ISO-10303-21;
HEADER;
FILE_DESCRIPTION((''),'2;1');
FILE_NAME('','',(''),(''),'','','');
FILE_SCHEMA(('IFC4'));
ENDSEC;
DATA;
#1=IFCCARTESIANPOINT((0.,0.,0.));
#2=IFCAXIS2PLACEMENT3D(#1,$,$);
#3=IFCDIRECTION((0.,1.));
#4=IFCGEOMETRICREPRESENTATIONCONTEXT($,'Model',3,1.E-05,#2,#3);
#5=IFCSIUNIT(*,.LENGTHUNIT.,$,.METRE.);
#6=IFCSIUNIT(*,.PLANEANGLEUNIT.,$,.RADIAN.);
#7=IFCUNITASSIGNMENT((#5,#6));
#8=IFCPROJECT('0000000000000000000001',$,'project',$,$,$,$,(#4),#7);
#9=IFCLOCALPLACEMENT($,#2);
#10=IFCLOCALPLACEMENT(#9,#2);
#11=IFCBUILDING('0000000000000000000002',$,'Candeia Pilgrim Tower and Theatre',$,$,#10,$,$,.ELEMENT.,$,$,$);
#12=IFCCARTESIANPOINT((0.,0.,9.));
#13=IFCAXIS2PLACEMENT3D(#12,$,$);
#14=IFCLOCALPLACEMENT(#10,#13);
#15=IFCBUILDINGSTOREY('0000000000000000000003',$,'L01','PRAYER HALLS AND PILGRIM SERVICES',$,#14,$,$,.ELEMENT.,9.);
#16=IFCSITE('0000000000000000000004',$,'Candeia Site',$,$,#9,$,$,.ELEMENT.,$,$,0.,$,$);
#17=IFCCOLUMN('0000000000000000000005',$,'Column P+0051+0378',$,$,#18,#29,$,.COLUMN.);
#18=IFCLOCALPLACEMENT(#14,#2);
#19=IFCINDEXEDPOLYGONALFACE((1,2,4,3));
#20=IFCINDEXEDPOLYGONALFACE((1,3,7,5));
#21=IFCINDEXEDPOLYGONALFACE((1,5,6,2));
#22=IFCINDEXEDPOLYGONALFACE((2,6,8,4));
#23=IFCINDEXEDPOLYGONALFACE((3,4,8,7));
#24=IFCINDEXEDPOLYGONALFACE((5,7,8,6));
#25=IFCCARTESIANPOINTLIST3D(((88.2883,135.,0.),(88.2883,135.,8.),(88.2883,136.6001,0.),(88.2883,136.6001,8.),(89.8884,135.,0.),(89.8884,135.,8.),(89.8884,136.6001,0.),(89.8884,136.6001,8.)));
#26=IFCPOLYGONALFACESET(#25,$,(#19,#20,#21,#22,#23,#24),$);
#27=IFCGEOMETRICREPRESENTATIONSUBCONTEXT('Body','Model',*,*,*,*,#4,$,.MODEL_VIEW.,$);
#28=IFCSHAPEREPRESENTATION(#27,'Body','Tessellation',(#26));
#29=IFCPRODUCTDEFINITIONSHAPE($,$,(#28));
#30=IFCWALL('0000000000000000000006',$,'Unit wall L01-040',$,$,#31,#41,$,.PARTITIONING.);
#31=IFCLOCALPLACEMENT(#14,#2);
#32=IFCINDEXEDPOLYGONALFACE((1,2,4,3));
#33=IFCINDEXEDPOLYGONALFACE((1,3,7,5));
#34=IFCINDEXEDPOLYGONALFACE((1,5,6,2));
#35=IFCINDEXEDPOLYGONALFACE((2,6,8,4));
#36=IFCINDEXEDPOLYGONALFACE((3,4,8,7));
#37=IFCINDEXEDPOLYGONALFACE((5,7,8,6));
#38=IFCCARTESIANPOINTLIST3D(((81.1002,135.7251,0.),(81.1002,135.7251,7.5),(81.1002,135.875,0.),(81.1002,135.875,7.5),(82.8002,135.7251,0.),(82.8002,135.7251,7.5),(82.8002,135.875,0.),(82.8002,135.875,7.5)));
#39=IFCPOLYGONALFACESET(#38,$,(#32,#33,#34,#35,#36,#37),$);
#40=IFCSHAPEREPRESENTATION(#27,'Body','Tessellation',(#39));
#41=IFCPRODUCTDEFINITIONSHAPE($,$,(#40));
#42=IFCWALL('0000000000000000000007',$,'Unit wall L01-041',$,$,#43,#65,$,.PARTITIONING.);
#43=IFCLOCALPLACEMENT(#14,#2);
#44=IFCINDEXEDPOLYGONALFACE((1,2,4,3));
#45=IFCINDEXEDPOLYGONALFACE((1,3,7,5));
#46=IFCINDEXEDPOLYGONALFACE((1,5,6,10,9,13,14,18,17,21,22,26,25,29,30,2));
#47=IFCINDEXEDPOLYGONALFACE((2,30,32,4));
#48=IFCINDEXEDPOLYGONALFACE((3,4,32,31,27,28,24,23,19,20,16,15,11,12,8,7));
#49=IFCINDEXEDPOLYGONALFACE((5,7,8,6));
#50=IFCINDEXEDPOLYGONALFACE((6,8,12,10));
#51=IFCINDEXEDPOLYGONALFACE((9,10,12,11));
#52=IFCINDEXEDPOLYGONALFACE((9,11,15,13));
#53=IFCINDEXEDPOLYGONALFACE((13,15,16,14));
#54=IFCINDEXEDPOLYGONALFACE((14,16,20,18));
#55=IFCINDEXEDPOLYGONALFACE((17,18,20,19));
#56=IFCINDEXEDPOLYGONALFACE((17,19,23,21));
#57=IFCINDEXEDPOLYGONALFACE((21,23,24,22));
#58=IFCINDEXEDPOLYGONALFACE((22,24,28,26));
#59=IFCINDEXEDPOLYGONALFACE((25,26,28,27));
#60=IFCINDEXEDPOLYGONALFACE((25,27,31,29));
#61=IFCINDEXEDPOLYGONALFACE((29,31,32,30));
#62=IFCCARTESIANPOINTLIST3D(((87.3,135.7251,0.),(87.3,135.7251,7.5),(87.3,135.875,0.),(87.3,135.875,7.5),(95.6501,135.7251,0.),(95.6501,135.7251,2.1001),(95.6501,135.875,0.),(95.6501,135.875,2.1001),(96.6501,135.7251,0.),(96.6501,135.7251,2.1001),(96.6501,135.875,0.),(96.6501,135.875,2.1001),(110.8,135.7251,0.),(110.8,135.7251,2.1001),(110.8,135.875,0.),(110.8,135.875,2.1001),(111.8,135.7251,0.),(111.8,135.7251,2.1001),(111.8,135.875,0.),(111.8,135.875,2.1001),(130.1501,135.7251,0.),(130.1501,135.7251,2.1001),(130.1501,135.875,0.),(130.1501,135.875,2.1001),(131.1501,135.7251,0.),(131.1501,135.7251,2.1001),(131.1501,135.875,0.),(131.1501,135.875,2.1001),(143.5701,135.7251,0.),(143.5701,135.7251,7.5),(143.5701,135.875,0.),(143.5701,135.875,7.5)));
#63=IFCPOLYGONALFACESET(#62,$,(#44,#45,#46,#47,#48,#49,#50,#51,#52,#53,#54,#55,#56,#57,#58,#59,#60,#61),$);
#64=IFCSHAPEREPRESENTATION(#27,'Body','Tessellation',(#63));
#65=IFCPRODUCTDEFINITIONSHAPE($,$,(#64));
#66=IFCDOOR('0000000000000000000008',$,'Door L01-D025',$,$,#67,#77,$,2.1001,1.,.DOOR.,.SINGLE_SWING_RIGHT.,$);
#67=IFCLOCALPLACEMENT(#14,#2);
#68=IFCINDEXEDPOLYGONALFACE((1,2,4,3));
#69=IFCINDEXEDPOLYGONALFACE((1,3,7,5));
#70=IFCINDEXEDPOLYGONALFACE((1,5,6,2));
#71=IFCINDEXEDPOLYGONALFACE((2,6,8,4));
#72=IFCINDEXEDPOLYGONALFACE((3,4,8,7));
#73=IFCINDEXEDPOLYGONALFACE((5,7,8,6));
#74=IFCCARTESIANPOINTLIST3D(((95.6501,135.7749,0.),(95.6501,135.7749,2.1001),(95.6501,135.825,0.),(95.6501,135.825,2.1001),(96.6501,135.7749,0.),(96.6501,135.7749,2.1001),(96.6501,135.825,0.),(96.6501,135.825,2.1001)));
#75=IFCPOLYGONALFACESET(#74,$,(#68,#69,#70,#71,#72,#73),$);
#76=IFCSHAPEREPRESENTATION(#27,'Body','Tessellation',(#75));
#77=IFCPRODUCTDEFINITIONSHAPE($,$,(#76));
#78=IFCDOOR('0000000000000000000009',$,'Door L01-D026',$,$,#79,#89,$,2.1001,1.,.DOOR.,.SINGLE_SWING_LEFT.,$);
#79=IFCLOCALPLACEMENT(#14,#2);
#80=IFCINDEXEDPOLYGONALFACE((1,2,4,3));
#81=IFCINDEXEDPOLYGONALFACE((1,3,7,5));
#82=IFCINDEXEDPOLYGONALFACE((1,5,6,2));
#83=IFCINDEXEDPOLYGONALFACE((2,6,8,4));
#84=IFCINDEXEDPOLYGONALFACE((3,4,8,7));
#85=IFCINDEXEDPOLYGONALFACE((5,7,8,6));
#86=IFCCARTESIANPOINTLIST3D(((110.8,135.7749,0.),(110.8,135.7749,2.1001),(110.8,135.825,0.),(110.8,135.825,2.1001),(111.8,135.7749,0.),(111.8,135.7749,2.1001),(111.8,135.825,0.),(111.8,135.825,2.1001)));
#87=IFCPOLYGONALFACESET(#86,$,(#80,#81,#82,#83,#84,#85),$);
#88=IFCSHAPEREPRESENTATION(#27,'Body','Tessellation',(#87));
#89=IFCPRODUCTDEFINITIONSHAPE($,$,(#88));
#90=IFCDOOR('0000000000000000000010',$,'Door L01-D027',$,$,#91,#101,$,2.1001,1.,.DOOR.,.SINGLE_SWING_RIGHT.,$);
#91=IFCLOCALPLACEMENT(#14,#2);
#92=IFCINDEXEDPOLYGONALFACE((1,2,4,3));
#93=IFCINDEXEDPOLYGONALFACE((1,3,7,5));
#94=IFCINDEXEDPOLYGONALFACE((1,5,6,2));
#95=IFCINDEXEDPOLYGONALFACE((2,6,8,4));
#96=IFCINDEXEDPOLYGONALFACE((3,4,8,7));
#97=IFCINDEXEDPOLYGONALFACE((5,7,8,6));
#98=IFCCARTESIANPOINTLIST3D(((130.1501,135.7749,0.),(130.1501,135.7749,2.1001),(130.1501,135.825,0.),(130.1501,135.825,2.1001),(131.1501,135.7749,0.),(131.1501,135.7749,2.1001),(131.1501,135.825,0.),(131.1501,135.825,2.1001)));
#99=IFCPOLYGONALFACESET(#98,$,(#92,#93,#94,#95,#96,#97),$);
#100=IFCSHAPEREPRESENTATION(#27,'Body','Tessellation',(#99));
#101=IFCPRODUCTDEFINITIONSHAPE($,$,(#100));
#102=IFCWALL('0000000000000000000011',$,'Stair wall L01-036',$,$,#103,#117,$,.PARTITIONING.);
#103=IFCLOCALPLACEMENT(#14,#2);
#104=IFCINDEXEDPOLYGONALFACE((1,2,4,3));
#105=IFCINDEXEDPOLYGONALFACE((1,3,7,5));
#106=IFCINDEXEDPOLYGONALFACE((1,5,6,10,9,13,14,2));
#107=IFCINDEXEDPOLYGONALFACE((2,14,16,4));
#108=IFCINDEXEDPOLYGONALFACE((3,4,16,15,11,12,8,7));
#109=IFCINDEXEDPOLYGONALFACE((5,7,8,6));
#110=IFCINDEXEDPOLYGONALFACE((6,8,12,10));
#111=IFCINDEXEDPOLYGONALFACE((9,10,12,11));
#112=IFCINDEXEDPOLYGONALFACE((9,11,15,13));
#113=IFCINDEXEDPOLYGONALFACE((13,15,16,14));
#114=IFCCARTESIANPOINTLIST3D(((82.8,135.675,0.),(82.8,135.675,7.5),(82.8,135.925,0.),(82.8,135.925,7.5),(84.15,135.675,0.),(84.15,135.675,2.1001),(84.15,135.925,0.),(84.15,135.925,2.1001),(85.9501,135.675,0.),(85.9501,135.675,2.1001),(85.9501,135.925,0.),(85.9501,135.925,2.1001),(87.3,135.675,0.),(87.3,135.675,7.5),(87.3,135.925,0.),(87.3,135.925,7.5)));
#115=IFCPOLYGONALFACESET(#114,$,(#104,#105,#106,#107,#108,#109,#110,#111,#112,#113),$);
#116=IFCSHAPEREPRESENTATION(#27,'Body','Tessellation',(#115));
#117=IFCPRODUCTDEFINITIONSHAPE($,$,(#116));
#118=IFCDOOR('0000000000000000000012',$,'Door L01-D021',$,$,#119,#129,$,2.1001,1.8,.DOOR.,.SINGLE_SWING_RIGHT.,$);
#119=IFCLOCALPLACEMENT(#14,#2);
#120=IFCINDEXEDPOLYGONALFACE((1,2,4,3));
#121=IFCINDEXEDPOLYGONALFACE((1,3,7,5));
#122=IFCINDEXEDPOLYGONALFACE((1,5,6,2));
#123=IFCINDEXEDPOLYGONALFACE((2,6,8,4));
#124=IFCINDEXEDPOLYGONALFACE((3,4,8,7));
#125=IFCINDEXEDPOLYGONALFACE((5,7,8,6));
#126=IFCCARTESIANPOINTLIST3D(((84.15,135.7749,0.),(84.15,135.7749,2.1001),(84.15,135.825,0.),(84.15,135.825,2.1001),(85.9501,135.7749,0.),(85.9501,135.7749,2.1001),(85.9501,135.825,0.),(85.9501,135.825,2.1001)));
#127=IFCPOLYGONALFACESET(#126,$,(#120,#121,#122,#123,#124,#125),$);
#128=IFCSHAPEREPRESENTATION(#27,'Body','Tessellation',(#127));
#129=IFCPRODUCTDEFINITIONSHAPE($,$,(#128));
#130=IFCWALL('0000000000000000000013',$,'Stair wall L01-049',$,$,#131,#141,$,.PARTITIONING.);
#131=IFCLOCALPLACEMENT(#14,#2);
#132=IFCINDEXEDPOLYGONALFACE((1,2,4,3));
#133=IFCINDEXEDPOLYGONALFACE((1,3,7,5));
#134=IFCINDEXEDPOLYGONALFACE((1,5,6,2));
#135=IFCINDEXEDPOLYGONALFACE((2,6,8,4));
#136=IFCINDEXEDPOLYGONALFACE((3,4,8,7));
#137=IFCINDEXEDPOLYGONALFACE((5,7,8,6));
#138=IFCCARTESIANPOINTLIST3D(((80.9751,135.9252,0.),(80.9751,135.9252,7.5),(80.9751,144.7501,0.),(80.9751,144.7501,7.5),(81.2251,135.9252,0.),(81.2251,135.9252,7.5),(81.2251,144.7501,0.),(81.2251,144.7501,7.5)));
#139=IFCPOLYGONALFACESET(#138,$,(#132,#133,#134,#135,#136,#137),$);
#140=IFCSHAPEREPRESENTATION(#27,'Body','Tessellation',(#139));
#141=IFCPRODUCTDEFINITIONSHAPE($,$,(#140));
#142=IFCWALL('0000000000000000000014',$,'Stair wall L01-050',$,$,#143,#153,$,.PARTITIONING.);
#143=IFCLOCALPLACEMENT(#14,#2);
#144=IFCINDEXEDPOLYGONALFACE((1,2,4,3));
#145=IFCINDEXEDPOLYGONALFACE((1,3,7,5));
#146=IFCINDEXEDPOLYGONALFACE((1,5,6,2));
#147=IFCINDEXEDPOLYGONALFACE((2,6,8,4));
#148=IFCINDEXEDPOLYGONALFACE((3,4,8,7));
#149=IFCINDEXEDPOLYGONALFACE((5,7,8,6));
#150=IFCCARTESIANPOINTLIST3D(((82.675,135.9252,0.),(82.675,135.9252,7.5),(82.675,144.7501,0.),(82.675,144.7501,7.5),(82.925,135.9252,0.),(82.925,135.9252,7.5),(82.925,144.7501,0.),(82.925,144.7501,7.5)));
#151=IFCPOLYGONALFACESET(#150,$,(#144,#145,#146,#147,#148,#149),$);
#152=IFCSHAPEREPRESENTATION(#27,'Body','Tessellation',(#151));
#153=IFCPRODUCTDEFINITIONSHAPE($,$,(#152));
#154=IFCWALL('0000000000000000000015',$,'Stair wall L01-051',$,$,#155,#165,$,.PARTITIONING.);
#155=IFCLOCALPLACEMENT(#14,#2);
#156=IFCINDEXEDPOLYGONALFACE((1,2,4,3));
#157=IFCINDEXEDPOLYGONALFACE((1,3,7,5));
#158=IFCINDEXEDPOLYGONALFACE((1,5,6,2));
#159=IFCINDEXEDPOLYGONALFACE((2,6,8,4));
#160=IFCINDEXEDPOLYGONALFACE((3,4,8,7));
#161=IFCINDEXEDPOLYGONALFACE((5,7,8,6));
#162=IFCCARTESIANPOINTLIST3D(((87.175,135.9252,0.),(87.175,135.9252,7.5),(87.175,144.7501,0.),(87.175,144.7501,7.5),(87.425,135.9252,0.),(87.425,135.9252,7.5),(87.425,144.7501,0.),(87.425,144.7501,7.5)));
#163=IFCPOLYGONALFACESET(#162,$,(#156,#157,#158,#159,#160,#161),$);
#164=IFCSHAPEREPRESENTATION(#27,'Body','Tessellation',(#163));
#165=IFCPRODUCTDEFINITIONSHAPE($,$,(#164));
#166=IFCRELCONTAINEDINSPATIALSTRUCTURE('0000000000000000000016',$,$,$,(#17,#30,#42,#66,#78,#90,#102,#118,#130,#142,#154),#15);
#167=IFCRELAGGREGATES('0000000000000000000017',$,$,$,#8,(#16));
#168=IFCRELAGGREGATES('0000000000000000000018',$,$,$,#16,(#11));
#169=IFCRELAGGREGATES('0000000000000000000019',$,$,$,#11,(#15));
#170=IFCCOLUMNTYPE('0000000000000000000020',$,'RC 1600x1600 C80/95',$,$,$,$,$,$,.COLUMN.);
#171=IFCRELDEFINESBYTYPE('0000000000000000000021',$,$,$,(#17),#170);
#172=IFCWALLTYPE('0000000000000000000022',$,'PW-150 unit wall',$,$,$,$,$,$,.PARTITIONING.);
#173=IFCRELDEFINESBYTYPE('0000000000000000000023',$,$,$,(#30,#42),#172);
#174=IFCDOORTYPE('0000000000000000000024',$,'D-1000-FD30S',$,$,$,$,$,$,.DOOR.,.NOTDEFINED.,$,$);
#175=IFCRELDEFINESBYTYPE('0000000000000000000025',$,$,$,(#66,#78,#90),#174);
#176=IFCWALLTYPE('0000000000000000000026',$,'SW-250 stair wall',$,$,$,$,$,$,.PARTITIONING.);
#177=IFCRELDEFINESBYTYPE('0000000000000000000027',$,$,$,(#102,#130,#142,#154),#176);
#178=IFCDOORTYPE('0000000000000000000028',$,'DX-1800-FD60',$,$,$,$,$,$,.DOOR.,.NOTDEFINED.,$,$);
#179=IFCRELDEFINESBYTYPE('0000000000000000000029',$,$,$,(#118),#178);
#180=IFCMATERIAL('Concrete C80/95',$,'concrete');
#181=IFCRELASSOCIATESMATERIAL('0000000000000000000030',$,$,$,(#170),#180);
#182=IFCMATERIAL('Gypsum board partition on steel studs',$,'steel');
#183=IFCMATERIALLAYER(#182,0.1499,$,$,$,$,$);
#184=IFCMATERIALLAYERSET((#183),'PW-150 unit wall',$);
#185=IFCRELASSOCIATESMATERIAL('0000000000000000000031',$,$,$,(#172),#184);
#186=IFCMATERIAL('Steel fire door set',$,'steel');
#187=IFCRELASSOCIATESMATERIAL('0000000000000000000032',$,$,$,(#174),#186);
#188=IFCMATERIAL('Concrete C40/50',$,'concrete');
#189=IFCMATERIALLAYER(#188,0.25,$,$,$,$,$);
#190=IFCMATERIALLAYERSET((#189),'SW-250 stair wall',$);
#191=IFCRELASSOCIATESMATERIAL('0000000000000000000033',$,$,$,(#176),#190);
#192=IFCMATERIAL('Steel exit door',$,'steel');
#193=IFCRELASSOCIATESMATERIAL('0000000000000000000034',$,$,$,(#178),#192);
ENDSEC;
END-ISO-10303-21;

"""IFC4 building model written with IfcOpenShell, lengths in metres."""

from ifc_helpers import new_model, si_unit, direction, frame, frame_2d, origin, origin_2d, place, context, subcontext, project, spatial, rectangle, extrude, material, layer, layer_set, material_profile, profile_set, type_object, element, fill, save


model = new_model("IFC4")

# Units and contexts
model_context = context("Model", 3, precision=1e-05, world=origin(), true_north=direction((0.0, 1.0)))
body_context = subcontext(model_context, "Body", "Model", "MODEL_VIEW")
ifc_project = project(units=[si_unit("LENGTHUNIT", "METRE"), si_unit("PLANEANGLEUNIT", "RADIAN")], contexts=[model_context])

# Site, building, storey
site_placement = place(None, origin())
site = spatial("IfcSite", under=ifc_project, at=site_placement, Name="Candeia Site", CompositionType="ELEMENT", RefElevation=0.0)
building_placement = place(site_placement, origin())
building = spatial("IfcBuilding", under=site, at=building_placement, Name="Candeia Pilgrim Tower and Theatre", CompositionType="ELEMENT")
storey_placement = place(building_placement, frame((0.0, 0.0, 9.0)))
storey = spatial("IfcBuildingStorey", under=building, at=storey_placement, Name="L01", Description="PRAYER HALLS AND PILGRIM SERVICES", CompositionType="ELEMENT", Elevation=9.0)

# Column
ifc_material_1 = material(Name="Concrete C80/95", Category="concrete")
ifc_material_profile = material_profile(ifc_material_1, rectangle(XDim=1.6001, YDim=1.6001, at=origin_2d()))
ifc_profile_set = profile_set([ifc_material_profile], Name="Concrete C80/95")
column_type = type_object("IfcColumnType", Name="RC 1600x1600 C80/95", PredefinedType="COLUMN", material=ifc_profile_set)
column_placement = place(storey_placement, frame((89.0884, 135.8, 0.0), z_axis=(0.0, 0.0, 1.0), x_axis=(1.0, 0.0, 0.0)))
element("IfcColumn", 1, at=column_placement, inside=storey, type_object=column_type, Name="Column P+0051+0378", PredefinedType="COLUMN", context=body_context, shape_type="SweptSolid", body=[
    extrude(rectangle(XDim=1.6001, YDim=1.6001, at=origin_2d()), origin(), (0.0, 0.0, 1.0), 8.0),
])

# Wall
ifc_material_2 = material(Name="Gypsum board partition on steel studs", Category="steel")
ifc_layer_1 = layer(ifc_material_2, 0.1499)
ifc_layer_set_1 = layer_set([ifc_layer_1], Name="PW-150 unit wall")
wall_type_1 = type_object("IfcWallType", Name="PW-150 unit wall", PredefinedType="PARTITIONING", material=ifc_layer_set_1)
wall_1_placement = place(storey_placement, frame((81.1001, 135.8, 0.0), z_axis=(0.0, 0.0, 1.0), x_axis=(1.0, 0.0, 0.0)))
element("IfcWall", 2, at=wall_1_placement, inside=storey, type_object=wall_type_1, Name="Unit wall L01-040", PredefinedType="PARTITIONING", context=body_context, shape_type="SweptSolid", body=[
    extrude(rectangle(XDim=1.7, YDim=0.1499, at=frame_2d((0.8501, 0.0))), origin(), (0.0, 0.0, 1.0), 7.5),
])

# Wall, openings, doors
wall_2_placement = place(storey_placement, frame((87.3, 135.8, 0.0), z_axis=(0.0, 0.0, 1.0), x_axis=(1.0, 0.0, 0.0)))
wall_2 = element("IfcWall", 3, at=wall_2_placement, inside=storey, type_object=wall_type_1, Name="Unit wall L01-041", PredefinedType="PARTITIONING", context=body_context, shape_type="SweptSolid", body=[
    extrude(rectangle(XDim=56.27, YDim=0.1499, at=frame_2d((28.135, 0.0))), origin(), (0.0, 0.0, 1.0), 7.5),
])
opening_1_placement = place(wall_2_placement, frame((8.3501, 0.0, 0.0)))
opening_1 = element("IfcOpeningElement", 4, at=opening_1_placement, cuts=wall_2, PredefinedType="OPENING", context=body_context, shape_type="SweptSolid", body=[
    extrude(rectangle(XDim=1.0, YDim=2.1001, at=frame_2d((0.5, 1.05))), frame((0.0, 0.085, 0.0), z_axis=(0.0, -1.0, 0.0), x_axis=(1.0, 0.0, 0.0)), (0.0, 0.0, 1.0), 0.1699),
])
opening_2_placement = place(wall_2_placement, frame((23.5, 0.0, 0.0)))
opening_2 = element("IfcOpeningElement", 5, at=opening_2_placement, cuts=wall_2, PredefinedType="OPENING", context=body_context, shape_type="SweptSolid", body=[
    extrude(rectangle(XDim=1.0, YDim=2.1001, at=frame_2d((0.5, 1.05))), frame((0.0, 0.085, 0.0), z_axis=(0.0, -1.0, 0.0), x_axis=(1.0, 0.0, 0.0)), (0.0, 0.0, 1.0), 0.1699),
])
opening_3_placement = place(wall_2_placement, frame((42.8501, 0.0, 0.0)))
opening_3 = element("IfcOpeningElement", 6, at=opening_3_placement, cuts=wall_2, PredefinedType="OPENING", context=body_context, shape_type="SweptSolid", body=[
    extrude(rectangle(XDim=1.0, YDim=2.1001, at=frame_2d((0.5, 1.05))), frame((0.0, 0.085, 0.0), z_axis=(0.0, -1.0, 0.0), x_axis=(1.0, 0.0, 0.0)), (0.0, 0.0, 1.0), 0.1699),
])
ifc_material_3 = material(Name="Steel fire door set", Category="steel")
door_type_1 = type_object("IfcDoorType", Name="D-1000-FD30S", OperationType="NOTDEFINED", PredefinedType="DOOR", material=ifc_material_3)
door_1_placement = place(opening_1_placement, origin())
door_1 = element("IfcDoor", 7, at=door_1_placement, inside=storey, type_object=door_type_1, Name="Door L01-D025", OperationType="SINGLE_SWING_RIGHT", OverallHeight=2.1001, OverallWidth=1.0, PredefinedType="DOOR", context=body_context, shape_type="SweptSolid", body=[
    extrude(rectangle(XDim=1.0, YDim=2.1001, at=frame_2d((0.5, 1.05))), frame((0.0, 0.0249, 0.0), z_axis=(0.0, -1.0, 0.0), x_axis=(1.0, 0.0, 0.0)), (0.0, 0.0, 1.0), 0.05),
])
fill(opening_1, door_1)
door_2_placement = place(opening_2_placement, origin())
door_2 = element("IfcDoor", 8, at=door_2_placement, inside=storey, type_object=door_type_1, Name="Door L01-D026", OperationType="SINGLE_SWING_LEFT", OverallHeight=2.1001, OverallWidth=1.0, PredefinedType="DOOR", context=body_context, shape_type="SweptSolid", body=[
    extrude(rectangle(XDim=1.0, YDim=2.1001, at=frame_2d((0.5, 1.05))), frame((0.0, 0.0249, 0.0), z_axis=(0.0, -1.0, 0.0), x_axis=(1.0, 0.0, 0.0)), (0.0, 0.0, 1.0), 0.05),
])
fill(opening_2, door_2)
door_3_placement = place(opening_3_placement, origin())
door_3 = element("IfcDoor", 9, at=door_3_placement, inside=storey, type_object=door_type_1, Name="Door L01-D027", OperationType="SINGLE_SWING_RIGHT", OverallHeight=2.1001, OverallWidth=1.0, PredefinedType="DOOR", context=body_context, shape_type="SweptSolid", body=[
    extrude(rectangle(XDim=1.0, YDim=2.1001, at=frame_2d((0.5, 1.05))), frame((0.0, 0.0249, 0.0), z_axis=(0.0, -1.0, 0.0), x_axis=(1.0, 0.0, 0.0)), (0.0, 0.0, 1.0), 0.05),
])
fill(opening_3, door_3)

# Wall, opening, door
ifc_material_4 = material(Name="Concrete C40/50", Category="concrete")
ifc_layer_2 = layer(ifc_material_4, 0.25)
ifc_layer_set_2 = layer_set([ifc_layer_2], Name="SW-250 stair wall")
wall_type_2 = type_object("IfcWallType", Name="SW-250 stair wall", PredefinedType="PARTITIONING", material=ifc_layer_set_2)
wall_3_placement = place(storey_placement, frame((82.8, 135.8, 0.0), z_axis=(0.0, 0.0, 1.0), x_axis=(1.0, 0.0, 0.0)))
wall_3 = element("IfcWall", 10, at=wall_3_placement, inside=storey, type_object=wall_type_2, Name="Stair wall L01-036", PredefinedType="PARTITIONING", context=body_context, shape_type="SweptSolid", body=[
    extrude(rectangle(XDim=4.5, YDim=0.25, at=frame_2d((2.25, 0.0))), origin(), (0.0, 0.0, 1.0), 7.5),
])
opening_4_placement = place(wall_3_placement, frame((1.3501, 0.0, 0.0)))
opening_4 = element("IfcOpeningElement", 11, at=opening_4_placement, cuts=wall_3, PredefinedType="OPENING", context=body_context, shape_type="SweptSolid", body=[
    extrude(rectangle(XDim=1.8, YDim=2.1001, at=frame_2d((0.8999, 1.05))), frame((0.0, 0.135, 0.0), z_axis=(0.0, -1.0, 0.0), x_axis=(1.0, 0.0, 0.0)), (0.0, 0.0, 1.0), 0.27),
])
ifc_material_5 = material(Name="Steel exit door", Category="steel")
door_type_2 = type_object("IfcDoorType", Name="DX-1800-FD60", OperationType="NOTDEFINED", PredefinedType="DOOR", material=ifc_material_5)
door_4_placement = place(opening_4_placement, origin())
door_4 = element("IfcDoor", 12, at=door_4_placement, inside=storey, type_object=door_type_2, Name="Door L01-D021", OperationType="SINGLE_SWING_RIGHT", OverallHeight=2.1001, OverallWidth=1.8, PredefinedType="DOOR", context=body_context, shape_type="SweptSolid", body=[
    extrude(rectangle(XDim=1.8, YDim=2.1001, at=frame_2d((0.8999, 1.05))), frame((0.0, 0.0249, 0.0), z_axis=(0.0, -1.0, 0.0), x_axis=(1.0, 0.0, 0.0)), (0.0, 0.0, 1.0), 0.05),
])
fill(opening_4, door_4)

# Walls
for number, where, z_axis, x_axis, name in (
    (13, (81.1001, 135.925, 0.0), (0.0, 0.0, 1.0), (0.0, 1.0, 0.0), "Stair wall L01-049"),
    (14, (82.8, 135.925, 0.0), (0.0, 0.0, 1.0), (0.0, 1.0, 0.0), "Stair wall L01-050"),
    (15, (87.3, 135.925, 0.0), (0.0, 0.0, 1.0), (0.0, 1.0, 0.0), "Stair wall L01-051"),
):
    element("IfcWall", number, at=place(storey_placement, frame(where, z_axis=z_axis, x_axis=x_axis)), inside=storey, type_object=wall_type_2, Name=name, PredefinedType="PARTITIONING", context=body_context, shape_type="SweptSolid", body=[
        extrude(rectangle(XDim=8.825, YDim=0.25, at=frame_2d((4.4126, 0.0))), origin(), (0.0, 0.0, 1.0), 7.5),
    ])

save(model, "model.ifc")
